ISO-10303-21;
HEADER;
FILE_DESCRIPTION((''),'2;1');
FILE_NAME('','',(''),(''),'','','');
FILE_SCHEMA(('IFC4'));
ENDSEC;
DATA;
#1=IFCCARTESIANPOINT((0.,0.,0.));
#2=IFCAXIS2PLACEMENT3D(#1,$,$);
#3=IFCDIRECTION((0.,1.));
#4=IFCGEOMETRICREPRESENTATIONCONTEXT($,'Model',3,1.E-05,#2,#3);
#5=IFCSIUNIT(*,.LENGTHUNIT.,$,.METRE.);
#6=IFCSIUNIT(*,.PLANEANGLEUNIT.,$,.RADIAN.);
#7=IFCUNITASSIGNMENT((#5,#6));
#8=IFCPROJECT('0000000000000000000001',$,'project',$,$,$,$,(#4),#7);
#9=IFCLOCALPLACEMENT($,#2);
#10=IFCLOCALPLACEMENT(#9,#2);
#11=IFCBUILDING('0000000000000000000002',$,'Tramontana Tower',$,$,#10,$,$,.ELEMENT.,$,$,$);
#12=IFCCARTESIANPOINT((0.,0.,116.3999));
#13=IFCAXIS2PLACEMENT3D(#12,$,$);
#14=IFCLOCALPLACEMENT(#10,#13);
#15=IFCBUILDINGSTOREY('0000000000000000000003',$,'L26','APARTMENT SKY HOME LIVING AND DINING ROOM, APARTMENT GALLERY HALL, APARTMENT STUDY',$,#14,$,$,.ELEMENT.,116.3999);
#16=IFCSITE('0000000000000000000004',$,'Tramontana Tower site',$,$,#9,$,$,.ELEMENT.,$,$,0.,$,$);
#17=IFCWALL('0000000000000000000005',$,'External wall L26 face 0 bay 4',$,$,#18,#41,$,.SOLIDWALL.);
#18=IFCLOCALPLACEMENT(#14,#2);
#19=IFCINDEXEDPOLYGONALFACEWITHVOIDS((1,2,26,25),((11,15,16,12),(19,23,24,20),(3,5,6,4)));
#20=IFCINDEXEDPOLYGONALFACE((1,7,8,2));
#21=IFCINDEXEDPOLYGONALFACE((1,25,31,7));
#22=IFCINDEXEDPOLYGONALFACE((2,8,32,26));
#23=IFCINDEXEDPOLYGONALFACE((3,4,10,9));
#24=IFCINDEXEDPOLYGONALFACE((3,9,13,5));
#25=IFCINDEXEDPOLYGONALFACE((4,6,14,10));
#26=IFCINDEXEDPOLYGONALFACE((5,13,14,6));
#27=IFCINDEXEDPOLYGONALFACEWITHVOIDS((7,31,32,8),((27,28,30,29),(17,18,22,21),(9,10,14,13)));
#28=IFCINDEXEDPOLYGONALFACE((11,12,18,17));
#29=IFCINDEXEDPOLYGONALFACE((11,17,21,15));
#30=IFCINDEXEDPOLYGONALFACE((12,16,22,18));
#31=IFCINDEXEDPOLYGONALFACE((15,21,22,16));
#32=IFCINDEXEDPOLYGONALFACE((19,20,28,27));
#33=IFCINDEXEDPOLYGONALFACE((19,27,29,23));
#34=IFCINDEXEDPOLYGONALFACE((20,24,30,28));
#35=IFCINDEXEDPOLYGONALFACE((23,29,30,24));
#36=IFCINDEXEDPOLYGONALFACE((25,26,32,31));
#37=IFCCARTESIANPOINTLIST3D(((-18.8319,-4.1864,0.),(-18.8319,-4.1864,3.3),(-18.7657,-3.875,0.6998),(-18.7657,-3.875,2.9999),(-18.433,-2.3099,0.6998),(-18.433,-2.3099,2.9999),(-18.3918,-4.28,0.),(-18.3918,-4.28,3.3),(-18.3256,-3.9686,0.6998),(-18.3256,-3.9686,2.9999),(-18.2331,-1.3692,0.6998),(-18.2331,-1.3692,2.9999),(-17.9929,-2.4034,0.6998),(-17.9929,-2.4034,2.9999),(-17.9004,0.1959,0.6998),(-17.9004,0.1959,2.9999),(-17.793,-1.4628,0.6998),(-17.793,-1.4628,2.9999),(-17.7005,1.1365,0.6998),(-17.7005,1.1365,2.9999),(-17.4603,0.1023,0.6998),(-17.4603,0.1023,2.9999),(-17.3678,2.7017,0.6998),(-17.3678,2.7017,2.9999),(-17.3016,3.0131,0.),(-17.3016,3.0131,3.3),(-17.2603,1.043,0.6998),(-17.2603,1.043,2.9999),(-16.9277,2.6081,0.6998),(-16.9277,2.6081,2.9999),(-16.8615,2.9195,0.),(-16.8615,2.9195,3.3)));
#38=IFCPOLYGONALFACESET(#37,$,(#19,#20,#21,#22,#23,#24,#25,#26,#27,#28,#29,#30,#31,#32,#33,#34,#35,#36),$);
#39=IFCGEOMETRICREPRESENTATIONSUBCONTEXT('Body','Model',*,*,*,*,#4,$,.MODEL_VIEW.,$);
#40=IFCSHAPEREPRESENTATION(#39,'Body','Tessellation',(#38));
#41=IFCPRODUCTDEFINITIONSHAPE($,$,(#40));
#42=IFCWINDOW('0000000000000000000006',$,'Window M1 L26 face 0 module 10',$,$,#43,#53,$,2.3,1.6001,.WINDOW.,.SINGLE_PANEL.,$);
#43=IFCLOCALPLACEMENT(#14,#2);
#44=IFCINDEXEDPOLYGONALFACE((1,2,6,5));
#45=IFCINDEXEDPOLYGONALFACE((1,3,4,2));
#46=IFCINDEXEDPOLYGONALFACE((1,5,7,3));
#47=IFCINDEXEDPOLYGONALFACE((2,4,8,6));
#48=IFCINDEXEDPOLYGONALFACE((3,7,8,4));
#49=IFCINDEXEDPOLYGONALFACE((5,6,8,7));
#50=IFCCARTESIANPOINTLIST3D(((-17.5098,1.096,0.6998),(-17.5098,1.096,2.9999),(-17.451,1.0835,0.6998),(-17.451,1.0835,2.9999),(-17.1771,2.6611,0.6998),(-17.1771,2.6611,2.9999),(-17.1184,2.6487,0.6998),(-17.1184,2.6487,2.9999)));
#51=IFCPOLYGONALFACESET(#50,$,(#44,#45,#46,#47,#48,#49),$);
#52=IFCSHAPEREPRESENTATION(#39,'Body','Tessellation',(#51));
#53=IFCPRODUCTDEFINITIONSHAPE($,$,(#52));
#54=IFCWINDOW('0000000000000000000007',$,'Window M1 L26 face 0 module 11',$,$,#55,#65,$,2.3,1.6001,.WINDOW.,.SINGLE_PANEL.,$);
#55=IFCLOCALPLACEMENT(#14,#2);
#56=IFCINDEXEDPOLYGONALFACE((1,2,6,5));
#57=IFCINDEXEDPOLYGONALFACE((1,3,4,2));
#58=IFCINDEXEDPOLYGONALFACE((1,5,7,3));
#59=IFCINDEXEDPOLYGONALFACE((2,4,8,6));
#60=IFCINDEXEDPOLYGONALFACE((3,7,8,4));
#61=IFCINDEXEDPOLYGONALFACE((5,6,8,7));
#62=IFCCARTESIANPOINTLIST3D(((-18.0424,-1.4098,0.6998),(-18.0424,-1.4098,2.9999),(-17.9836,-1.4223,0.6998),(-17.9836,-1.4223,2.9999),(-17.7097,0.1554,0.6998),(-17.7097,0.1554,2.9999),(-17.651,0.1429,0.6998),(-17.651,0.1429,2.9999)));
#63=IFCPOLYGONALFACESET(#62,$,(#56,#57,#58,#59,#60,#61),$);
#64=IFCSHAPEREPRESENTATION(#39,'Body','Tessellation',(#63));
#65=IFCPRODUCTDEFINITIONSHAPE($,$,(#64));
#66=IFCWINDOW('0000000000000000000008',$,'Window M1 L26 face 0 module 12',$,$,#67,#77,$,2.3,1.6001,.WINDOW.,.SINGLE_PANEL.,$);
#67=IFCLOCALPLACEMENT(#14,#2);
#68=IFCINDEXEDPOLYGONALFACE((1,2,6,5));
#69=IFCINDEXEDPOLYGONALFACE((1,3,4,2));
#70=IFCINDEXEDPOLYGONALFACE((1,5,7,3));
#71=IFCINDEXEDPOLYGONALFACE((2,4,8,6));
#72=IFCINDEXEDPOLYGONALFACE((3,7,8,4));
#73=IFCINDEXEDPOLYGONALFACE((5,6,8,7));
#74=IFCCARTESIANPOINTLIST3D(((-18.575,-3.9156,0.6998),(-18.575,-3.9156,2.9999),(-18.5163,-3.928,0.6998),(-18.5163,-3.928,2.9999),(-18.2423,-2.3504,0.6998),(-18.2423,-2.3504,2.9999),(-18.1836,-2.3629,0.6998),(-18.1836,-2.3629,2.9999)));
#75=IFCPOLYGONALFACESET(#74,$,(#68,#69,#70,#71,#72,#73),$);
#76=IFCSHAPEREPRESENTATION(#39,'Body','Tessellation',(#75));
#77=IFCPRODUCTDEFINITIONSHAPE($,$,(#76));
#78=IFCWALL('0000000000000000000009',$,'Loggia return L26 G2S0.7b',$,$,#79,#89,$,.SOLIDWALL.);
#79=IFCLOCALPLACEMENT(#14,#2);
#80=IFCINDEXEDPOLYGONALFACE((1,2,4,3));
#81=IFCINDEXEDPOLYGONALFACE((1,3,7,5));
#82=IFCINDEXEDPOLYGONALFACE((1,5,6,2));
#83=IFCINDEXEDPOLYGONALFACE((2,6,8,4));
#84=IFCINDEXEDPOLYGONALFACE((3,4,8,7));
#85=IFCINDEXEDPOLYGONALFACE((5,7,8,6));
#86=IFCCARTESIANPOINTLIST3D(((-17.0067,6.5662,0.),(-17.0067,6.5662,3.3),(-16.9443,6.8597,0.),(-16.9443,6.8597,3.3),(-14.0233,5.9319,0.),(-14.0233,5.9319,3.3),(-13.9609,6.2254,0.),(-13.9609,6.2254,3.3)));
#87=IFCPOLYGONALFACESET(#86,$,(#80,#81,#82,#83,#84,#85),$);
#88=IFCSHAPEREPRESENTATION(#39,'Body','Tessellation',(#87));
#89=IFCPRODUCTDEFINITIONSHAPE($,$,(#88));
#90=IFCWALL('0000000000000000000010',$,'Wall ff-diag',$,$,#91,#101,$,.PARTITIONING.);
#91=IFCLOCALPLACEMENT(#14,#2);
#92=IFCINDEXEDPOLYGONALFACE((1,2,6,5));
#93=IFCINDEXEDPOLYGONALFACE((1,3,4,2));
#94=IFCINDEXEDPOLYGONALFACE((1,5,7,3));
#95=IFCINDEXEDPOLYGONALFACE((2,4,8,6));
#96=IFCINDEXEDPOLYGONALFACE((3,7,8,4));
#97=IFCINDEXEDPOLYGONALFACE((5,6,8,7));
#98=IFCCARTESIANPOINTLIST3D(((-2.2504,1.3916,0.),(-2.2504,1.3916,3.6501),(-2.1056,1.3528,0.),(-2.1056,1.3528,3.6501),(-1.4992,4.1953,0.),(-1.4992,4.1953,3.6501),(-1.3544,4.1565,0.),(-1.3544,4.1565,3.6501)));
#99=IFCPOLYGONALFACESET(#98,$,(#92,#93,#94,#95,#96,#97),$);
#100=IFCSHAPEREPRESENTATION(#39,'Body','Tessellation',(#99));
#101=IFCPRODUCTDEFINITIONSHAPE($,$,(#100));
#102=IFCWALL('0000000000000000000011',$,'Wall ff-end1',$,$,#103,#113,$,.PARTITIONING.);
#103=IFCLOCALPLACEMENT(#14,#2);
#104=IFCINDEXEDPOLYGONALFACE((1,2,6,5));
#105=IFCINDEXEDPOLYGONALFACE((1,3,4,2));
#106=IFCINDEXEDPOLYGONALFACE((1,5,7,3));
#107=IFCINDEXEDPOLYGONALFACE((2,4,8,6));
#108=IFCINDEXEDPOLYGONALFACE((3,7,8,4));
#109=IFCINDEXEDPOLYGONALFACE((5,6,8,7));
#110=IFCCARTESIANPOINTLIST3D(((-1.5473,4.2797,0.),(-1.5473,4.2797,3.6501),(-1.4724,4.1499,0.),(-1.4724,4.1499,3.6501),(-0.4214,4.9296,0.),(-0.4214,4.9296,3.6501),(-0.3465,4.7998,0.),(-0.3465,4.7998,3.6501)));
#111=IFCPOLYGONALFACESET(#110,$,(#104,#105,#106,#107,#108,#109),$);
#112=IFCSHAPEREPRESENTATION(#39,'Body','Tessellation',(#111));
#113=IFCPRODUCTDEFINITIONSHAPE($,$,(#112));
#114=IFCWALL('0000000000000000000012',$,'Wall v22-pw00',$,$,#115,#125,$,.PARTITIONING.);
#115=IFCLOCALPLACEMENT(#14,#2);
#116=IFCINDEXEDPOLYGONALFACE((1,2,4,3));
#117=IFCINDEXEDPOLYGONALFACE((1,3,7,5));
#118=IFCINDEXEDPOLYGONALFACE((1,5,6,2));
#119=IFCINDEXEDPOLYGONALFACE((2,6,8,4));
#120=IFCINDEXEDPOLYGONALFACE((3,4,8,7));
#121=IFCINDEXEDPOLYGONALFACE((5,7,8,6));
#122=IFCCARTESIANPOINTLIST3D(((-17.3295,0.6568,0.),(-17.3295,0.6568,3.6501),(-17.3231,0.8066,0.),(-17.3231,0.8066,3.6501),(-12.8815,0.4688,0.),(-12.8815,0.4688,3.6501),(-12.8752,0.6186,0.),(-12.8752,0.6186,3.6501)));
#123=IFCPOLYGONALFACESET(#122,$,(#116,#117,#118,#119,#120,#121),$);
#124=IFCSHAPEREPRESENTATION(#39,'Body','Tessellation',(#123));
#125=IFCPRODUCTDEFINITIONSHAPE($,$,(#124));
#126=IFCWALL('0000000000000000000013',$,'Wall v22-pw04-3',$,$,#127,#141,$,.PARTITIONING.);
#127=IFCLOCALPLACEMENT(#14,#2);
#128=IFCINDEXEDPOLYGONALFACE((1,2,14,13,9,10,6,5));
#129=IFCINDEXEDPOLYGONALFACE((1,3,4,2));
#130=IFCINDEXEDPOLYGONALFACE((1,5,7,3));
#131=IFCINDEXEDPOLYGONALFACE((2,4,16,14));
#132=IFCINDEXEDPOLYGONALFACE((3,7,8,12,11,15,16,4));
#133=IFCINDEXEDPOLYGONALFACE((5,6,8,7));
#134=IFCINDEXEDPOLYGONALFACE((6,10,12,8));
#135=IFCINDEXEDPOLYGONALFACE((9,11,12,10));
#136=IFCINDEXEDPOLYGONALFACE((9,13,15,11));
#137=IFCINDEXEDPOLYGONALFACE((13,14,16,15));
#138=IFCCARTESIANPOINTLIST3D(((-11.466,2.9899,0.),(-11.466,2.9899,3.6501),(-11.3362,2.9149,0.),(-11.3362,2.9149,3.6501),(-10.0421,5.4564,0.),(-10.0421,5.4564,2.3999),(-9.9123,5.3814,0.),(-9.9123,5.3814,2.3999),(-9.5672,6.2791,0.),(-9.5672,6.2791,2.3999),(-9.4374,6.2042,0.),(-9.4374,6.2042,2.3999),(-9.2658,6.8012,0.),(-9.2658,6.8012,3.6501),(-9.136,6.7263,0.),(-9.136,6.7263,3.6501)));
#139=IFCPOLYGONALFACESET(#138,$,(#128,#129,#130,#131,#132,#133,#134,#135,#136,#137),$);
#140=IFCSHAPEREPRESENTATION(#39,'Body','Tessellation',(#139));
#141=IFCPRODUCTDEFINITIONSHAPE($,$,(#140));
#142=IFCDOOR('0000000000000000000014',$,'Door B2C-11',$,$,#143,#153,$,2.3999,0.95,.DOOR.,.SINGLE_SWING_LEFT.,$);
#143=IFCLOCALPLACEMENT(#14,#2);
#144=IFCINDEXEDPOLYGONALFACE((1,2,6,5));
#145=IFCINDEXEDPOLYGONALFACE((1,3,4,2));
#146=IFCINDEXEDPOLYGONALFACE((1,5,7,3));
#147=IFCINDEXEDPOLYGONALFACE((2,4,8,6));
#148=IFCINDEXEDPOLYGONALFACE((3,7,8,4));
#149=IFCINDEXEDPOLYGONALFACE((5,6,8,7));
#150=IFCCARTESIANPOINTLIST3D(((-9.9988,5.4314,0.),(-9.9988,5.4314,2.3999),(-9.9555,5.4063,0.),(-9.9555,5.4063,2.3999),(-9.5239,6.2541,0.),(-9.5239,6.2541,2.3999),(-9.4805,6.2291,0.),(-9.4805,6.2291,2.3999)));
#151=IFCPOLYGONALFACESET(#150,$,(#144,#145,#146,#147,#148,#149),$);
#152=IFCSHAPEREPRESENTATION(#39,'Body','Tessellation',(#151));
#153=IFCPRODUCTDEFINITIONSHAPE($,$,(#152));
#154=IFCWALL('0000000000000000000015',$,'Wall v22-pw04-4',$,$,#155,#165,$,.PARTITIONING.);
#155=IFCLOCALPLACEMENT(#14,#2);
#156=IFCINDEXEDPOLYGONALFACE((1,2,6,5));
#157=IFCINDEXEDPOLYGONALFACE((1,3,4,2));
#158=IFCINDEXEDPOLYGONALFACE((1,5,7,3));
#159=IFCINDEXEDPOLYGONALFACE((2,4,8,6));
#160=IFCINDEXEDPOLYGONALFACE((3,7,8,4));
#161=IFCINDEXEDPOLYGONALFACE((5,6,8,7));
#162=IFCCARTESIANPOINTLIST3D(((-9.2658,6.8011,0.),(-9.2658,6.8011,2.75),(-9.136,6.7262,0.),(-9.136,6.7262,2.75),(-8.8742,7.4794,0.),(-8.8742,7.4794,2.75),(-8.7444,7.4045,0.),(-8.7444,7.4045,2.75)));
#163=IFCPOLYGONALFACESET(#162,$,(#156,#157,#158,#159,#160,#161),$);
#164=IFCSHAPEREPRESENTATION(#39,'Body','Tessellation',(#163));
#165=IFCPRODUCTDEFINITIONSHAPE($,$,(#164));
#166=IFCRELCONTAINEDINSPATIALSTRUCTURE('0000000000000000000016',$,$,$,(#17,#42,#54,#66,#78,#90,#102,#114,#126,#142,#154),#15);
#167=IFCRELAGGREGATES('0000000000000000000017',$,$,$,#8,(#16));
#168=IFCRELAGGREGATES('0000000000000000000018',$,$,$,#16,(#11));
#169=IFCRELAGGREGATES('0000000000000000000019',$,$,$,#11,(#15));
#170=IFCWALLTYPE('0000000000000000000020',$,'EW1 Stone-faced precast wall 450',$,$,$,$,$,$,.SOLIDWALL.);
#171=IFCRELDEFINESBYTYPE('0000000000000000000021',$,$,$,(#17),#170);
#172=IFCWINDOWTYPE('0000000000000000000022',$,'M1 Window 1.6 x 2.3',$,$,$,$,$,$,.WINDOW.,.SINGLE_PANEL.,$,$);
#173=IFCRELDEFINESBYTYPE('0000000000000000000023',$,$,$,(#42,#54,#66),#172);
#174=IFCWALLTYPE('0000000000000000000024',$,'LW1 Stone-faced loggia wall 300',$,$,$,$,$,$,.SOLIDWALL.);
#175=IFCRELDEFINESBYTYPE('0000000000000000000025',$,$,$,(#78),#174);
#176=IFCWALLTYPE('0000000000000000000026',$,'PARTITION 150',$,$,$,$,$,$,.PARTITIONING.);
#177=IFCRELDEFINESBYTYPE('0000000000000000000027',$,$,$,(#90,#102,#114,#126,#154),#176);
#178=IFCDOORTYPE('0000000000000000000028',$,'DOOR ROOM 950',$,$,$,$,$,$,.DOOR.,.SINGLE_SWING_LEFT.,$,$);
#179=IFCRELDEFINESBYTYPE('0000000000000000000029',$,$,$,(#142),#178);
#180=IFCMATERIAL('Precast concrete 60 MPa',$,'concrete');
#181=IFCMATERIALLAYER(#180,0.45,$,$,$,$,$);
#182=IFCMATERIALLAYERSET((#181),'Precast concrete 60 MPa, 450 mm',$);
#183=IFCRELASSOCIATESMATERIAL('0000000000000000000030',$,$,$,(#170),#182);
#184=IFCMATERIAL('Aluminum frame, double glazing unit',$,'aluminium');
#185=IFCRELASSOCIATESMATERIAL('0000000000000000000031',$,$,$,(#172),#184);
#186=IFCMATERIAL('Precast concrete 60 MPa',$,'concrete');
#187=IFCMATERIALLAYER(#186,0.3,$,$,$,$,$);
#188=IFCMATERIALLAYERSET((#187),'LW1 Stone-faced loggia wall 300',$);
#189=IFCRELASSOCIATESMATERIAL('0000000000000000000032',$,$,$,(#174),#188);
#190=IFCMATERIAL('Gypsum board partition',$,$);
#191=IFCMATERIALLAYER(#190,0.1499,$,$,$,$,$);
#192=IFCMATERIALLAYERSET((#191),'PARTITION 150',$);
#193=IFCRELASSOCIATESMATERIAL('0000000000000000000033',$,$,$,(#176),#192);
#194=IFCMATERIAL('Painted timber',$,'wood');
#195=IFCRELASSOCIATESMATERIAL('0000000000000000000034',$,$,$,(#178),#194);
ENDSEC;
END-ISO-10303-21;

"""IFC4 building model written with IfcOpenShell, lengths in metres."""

from ifc_helpers import new_model, si_unit, direction, frame, frame_2d, origin, place, context, subcontext, project, spatial, rectangle, extrude, material, layer, layer_set, type_object, element, fill, save


model = new_model("IFC4")

# Units and contexts
model_context = context("Model", 3, precision=1e-05, world=origin(), true_north=direction((0.0, 1.0)))
body_context = subcontext(model_context, "Body", "Model", "MODEL_VIEW")
ifc_project = project(units=[si_unit("LENGTHUNIT", "METRE"), si_unit("PLANEANGLEUNIT", "RADIAN")], contexts=[model_context])

# Site, building, storey
site_placement = place(None, origin())
site = spatial("IfcSite", under=ifc_project, at=site_placement, Name="Tramontana Tower site", CompositionType="ELEMENT", RefElevation=0.0)
building_placement = place(site_placement, origin())
building = spatial("IfcBuilding", under=site, at=building_placement, Name="Tramontana Tower", CompositionType="ELEMENT")
storey_placement = place(building_placement, frame((0.0, 0.0, 116.3999)))
storey = spatial("IfcBuildingStorey", under=building, at=storey_placement, Name="L26", Description="APARTMENT SKY HOME LIVING AND DINING ROOM, APARTMENT GALLERY HALL, APARTMENT STUDY", CompositionType="ELEMENT", Elevation=116.3999)

# Shared definitions
ifc_material_1 = material(Name="Precast concrete 60 MPa", Category="concrete")
ifc_layer_1 = layer(ifc_material_1, 0.45)
ifc_layer_set_1 = layer_set([ifc_layer_1], Name="Precast concrete 60 MPa, 450 mm")
wall_type_1 = type_object("IfcWallType", Name="EW1 Stone-faced precast wall 450", PredefinedType="SOLIDWALL", material=ifc_layer_set_1)
ifc_material_2 = material(Name="Aluminum frame, double glazing unit", Category="aluminium")
window_type = type_object("IfcWindowType", Name="M1 Window 1.6 x 2.3", PartitioningType="SINGLE_PANEL", PredefinedType="WINDOW", material=ifc_material_2)

# Wall, openings, windows
wall_1_placement = place(storey_placement, frame((-17.0815, 2.9663, 0.0), z_axis=(0.0, 0.0, 1.0), x_axis=(-0.207909, -0.978148, 0.0)))
wall_1 = element("IfcWall", 1, at=wall_1_placement, inside=storey, type_object=wall_type_1, Name="External wall L26 face 0 bay 4", PredefinedType="SOLIDWALL", context=body_context, shape_type="SweptSolid", body=[
    extrude(rectangle(XDim=7.3604, YDim=0.45, at=frame_2d((3.6802, 0.0))), origin(), (0.0, 0.0, 1.0), 3.3),
])
opening_1_placement = place(wall_1_placement, frame((0.3184, 0.0, 0.7)))
opening_1 = element("IfcOpeningElement", 2, at=opening_1_placement, cuts=wall_1, PredefinedType="OPENING", context=body_context, shape_type="SweptSolid", body=[
    extrude(rectangle(XDim=1.6001, YDim=2.3, at=frame_2d((0.8, 1.1499))), frame((0.0, 0.2349, 0.0), z_axis=(0.0, -1.0, 0.0), x_axis=(1.0, 0.0, 0.0)), (0.0, 0.0, 1.0), 0.47),
])
opening_2_placement = place(wall_1_placement, frame((2.8801, 0.0, 0.7)))
opening_2 = element("IfcOpeningElement", 3, at=opening_2_placement, cuts=wall_1, PredefinedType="OPENING", context=body_context, shape_type="SweptSolid", body=[
    extrude(rectangle(XDim=1.6001, YDim=2.3, at=frame_2d((0.8, 1.1499))), frame((0.0, 0.2349, 0.0), z_axis=(0.0, -1.0, 0.0), x_axis=(1.0, 0.0, 0.0)), (0.0, 0.0, 1.0), 0.47),
])
opening_3_placement = place(wall_1_placement, frame((5.4419, 0.0, 0.7)))
opening_3 = element("IfcOpeningElement", 4, at=opening_3_placement, cuts=wall_1, PredefinedType="OPENING", context=body_context, shape_type="SweptSolid", body=[
    extrude(rectangle(XDim=1.6001, YDim=2.3, at=frame_2d((0.8, 1.1499))), frame((0.0, 0.2349, 0.0), z_axis=(0.0, -1.0, 0.0), x_axis=(1.0, 0.0, 0.0)), (0.0, 0.0, 1.0), 0.47),
])
window_1_placement = place(opening_1_placement, origin())
window_1 = element("IfcWindow", 5, at=window_1_placement, inside=storey, type_object=window_type, Name="Window M1 L26 face 0 module 10", OverallHeight=2.3, OverallWidth=1.6001, PartitioningType="SINGLE_PANEL", PredefinedType="WINDOW", context=body_context, shape_type="SweptSolid", body=[
    extrude(rectangle(XDim=1.6001, YDim=2.3, at=frame_2d((0.8, 1.1499))), frame((0.0, 0.03, 0.0), z_axis=(0.0, -1.0, 0.0), x_axis=(1.0, 0.0, 0.0)), (0.0, 0.0, 1.0), 0.0601),
])
fill(opening_1, window_1)
window_2_placement = place(opening_2_placement, origin())
window_2 = element("IfcWindow", 6, at=window_2_placement, inside=storey, type_object=window_type, Name="Window M1 L26 face 0 module 11", OverallHeight=2.3, OverallWidth=1.6001, PartitioningType="SINGLE_PANEL", PredefinedType="WINDOW", context=body_context, shape_type="SweptSolid", body=[
    extrude(rectangle(XDim=1.6001, YDim=2.3, at=frame_2d((0.8, 1.1499))), frame((0.0, 0.03, 0.0), z_axis=(0.0, -1.0, 0.0), x_axis=(1.0, 0.0, 0.0)), (0.0, 0.0, 1.0), 0.0601),
])
fill(opening_2, window_2)
window_3_placement = place(opening_3_placement, origin())
window_3 = element("IfcWindow", 7, at=window_3_placement, inside=storey, type_object=window_type, Name="Window M1 L26 face 0 module 12", OverallHeight=2.3, OverallWidth=1.6001, PartitioningType="SINGLE_PANEL", PredefinedType="WINDOW", context=body_context, shape_type="SweptSolid", body=[
    extrude(rectangle(XDim=1.6001, YDim=2.3, at=frame_2d((0.8, 1.1499))), frame((0.0, 0.03, 0.0), z_axis=(0.0, -1.0, 0.0), x_axis=(1.0, 0.0, 0.0)), (0.0, 0.0, 1.0), 0.0601),
])
fill(opening_3, window_3)

# Walls
ifc_material_3 = material(Name="Precast concrete 60 MPa", Category="concrete")
ifc_layer_2 = layer(ifc_material_3, 0.3)
ifc_layer_set_2 = layer_set([ifc_layer_2], Name="LW1 Stone-faced loggia wall 300")
wall_type_2 = type_object("IfcWallType", Name="LW1 Stone-faced loggia wall 300", PredefinedType="SOLIDWALL", material=ifc_layer_set_2)
wall_2_placement = place(storey_placement, frame((-16.9753, 6.7129, 0.0), z_axis=(0.0, 0.0, 1.0), x_axis=(0.978139, -0.207954, 0.0)))
element("IfcWall", 8, at=wall_2_placement, inside=storey, type_object=wall_type_2, Name="Loggia return L26 G2S0.7b", PredefinedType="SOLIDWALL", context=body_context, shape_type="SweptSolid", body=[
    extrude(rectangle(XDim=3.05, YDim=0.3, at=frame_2d((1.5249, 0.0))), origin(), (0.0, 0.0, 1.0), 3.3),
])
ifc_material_4 = material(Name="Gypsum board partition")
ifc_layer_3 = layer(ifc_material_4, 0.1499)
ifc_layer_set_3 = layer_set([ifc_layer_3], Name="PARTITION 150")
wall_type_3 = type_object("IfcWallType", Name="PARTITION 150", PredefinedType="PARTITIONING", material=ifc_layer_set_3)
wall_3_placement = place(storey_placement, frame((-2.178, 1.3723, 0.0), z_axis=(0.0, 0.0, 1.0), x_axis=(0.258809, 0.965929, 0.0)))
element("IfcWall", 9, at=wall_3_placement, inside=storey, type_object=wall_type_3, Name="Wall ff-diag", PredefinedType="PARTITIONING", context=body_context, shape_type="SweptSolid", body=[
    extrude(rectangle(XDim=2.9026, YDim=0.1499, at=frame_2d((1.4512, 0.0))), origin(), (0.0, 0.0, 1.0), 3.6501),
])
wall_4_placement = place(storey_placement, frame((-1.5098, 4.2148, 0.0), z_axis=(0.0, 0.0, 1.0), x_axis=(0.866086, 0.499896, 0.0)))
element("IfcWall", 10, at=wall_4_placement, inside=storey, type_object=wall_type_3, Name="Wall ff-end1", PredefinedType="PARTITIONING", context=body_context, shape_type="SweptSolid", body=[
    extrude(rectangle(XDim=1.3, YDim=0.1499, at=frame_2d((0.6499, 0.0))), origin(), (0.0, 0.0, 1.0), 3.6501),
])
wall_5_placement = place(storey_placement, frame((-17.3264, 0.7317, 0.0), z_axis=(0.0, 0.0, 1.0), x_axis=(0.999108, -0.042226, 0.0)))
element("IfcWall", 11, at=wall_5_placement, inside=storey, type_object=wall_type_3, Name="Wall v22-pw00", PredefinedType="PARTITIONING", context=body_context, shape_type="SweptSolid", body=[
    extrude(rectangle(XDim=4.4519, YDim=0.1499, at=frame_2d((2.2261, 0.0))), origin(), (0.0, 0.0, 1.0), 3.6501),
])

# Wall, opening, door
ifc_material_5 = material(Name="Painted timber", Category="wood")
door_type_1 = type_object("IfcDoorType", Name="DOOR ROOM 950", OperationType="SINGLE_SWING_LEFT", PredefinedType="DOOR", material=ifc_material_5)
wall_6_placement = place(storey_placement, frame((-11.4011, 2.9524, 0.0), z_axis=(0.0, 0.0, 1.0), x_axis=(0.499958, 0.86605, 0.0)))
wall_6 = element("IfcWall", 12, at=wall_6_placement, inside=storey, type_object=wall_type_3, Name="Wall v22-pw04-3", PredefinedType="PARTITIONING", context=body_context, shape_type="SweptSolid", body=[
    extrude(rectangle(XDim=4.4009, YDim=0.1499, at=frame_2d((2.2004, 0.0))), origin(), (0.0, 0.0, 1.0), 3.6501),
])
opening_4_placement = place(wall_6_placement, frame((2.8479, 0.0, 0.0)))
opening_4 = element("IfcOpeningElement", 13, at=opening_4_placement, cuts=wall_6, PredefinedType="OPENING", context=body_context, shape_type="SweptSolid", body=[
    extrude(rectangle(XDim=0.95, YDim=2.3999, at=frame_2d((0.4751, 1.2))), frame((0.0, 0.085, 0.0), z_axis=(0.0, -1.0, 0.0), x_axis=(1.0, 0.0, 0.0)), (0.0, 0.0, 1.0), 0.1699),
])
door_1_placement = place(opening_4_placement, origin())
door_1 = element("IfcDoor", 14, at=door_1_placement, inside=storey, type_object=door_type_1, Name="Door B2C-11", OperationType="SINGLE_SWING_LEFT", OverallHeight=2.3999, OverallWidth=0.95, PredefinedType="DOOR", context=body_context, shape_type="SweptSolid", body=[
    extrude(rectangle(XDim=0.95, YDim=2.3999, at=frame_2d((0.4751, 1.2))), frame((0.0, 0.0249, 0.0), z_axis=(0.0, -1.0, 0.0), x_axis=(1.0, 0.0, 0.0)), (0.0, 0.0, 1.0), 0.05),
])
fill(opening_4, door_1)

# Wall
wall_7_placement = place(storey_placement, frame((-9.2009, 6.7637, 0.0), z_axis=(0.0, 0.0, 1.0), x_axis=(0.500028, 0.866009, 0.0)))
element("IfcWall", 15, at=wall_7_placement, inside=storey, type_object=wall_type_3, Name="Wall v22-pw04-4", PredefinedType="PARTITIONING", context=body_context, shape_type="SweptSolid", body=[
    extrude(rectangle(XDim=0.7832, YDim=0.1499, at=frame_2d((0.3916, 0.0))), origin(), (0.0, 0.0, 1.0), 2.75),
])

save(model, "model.ifc")
